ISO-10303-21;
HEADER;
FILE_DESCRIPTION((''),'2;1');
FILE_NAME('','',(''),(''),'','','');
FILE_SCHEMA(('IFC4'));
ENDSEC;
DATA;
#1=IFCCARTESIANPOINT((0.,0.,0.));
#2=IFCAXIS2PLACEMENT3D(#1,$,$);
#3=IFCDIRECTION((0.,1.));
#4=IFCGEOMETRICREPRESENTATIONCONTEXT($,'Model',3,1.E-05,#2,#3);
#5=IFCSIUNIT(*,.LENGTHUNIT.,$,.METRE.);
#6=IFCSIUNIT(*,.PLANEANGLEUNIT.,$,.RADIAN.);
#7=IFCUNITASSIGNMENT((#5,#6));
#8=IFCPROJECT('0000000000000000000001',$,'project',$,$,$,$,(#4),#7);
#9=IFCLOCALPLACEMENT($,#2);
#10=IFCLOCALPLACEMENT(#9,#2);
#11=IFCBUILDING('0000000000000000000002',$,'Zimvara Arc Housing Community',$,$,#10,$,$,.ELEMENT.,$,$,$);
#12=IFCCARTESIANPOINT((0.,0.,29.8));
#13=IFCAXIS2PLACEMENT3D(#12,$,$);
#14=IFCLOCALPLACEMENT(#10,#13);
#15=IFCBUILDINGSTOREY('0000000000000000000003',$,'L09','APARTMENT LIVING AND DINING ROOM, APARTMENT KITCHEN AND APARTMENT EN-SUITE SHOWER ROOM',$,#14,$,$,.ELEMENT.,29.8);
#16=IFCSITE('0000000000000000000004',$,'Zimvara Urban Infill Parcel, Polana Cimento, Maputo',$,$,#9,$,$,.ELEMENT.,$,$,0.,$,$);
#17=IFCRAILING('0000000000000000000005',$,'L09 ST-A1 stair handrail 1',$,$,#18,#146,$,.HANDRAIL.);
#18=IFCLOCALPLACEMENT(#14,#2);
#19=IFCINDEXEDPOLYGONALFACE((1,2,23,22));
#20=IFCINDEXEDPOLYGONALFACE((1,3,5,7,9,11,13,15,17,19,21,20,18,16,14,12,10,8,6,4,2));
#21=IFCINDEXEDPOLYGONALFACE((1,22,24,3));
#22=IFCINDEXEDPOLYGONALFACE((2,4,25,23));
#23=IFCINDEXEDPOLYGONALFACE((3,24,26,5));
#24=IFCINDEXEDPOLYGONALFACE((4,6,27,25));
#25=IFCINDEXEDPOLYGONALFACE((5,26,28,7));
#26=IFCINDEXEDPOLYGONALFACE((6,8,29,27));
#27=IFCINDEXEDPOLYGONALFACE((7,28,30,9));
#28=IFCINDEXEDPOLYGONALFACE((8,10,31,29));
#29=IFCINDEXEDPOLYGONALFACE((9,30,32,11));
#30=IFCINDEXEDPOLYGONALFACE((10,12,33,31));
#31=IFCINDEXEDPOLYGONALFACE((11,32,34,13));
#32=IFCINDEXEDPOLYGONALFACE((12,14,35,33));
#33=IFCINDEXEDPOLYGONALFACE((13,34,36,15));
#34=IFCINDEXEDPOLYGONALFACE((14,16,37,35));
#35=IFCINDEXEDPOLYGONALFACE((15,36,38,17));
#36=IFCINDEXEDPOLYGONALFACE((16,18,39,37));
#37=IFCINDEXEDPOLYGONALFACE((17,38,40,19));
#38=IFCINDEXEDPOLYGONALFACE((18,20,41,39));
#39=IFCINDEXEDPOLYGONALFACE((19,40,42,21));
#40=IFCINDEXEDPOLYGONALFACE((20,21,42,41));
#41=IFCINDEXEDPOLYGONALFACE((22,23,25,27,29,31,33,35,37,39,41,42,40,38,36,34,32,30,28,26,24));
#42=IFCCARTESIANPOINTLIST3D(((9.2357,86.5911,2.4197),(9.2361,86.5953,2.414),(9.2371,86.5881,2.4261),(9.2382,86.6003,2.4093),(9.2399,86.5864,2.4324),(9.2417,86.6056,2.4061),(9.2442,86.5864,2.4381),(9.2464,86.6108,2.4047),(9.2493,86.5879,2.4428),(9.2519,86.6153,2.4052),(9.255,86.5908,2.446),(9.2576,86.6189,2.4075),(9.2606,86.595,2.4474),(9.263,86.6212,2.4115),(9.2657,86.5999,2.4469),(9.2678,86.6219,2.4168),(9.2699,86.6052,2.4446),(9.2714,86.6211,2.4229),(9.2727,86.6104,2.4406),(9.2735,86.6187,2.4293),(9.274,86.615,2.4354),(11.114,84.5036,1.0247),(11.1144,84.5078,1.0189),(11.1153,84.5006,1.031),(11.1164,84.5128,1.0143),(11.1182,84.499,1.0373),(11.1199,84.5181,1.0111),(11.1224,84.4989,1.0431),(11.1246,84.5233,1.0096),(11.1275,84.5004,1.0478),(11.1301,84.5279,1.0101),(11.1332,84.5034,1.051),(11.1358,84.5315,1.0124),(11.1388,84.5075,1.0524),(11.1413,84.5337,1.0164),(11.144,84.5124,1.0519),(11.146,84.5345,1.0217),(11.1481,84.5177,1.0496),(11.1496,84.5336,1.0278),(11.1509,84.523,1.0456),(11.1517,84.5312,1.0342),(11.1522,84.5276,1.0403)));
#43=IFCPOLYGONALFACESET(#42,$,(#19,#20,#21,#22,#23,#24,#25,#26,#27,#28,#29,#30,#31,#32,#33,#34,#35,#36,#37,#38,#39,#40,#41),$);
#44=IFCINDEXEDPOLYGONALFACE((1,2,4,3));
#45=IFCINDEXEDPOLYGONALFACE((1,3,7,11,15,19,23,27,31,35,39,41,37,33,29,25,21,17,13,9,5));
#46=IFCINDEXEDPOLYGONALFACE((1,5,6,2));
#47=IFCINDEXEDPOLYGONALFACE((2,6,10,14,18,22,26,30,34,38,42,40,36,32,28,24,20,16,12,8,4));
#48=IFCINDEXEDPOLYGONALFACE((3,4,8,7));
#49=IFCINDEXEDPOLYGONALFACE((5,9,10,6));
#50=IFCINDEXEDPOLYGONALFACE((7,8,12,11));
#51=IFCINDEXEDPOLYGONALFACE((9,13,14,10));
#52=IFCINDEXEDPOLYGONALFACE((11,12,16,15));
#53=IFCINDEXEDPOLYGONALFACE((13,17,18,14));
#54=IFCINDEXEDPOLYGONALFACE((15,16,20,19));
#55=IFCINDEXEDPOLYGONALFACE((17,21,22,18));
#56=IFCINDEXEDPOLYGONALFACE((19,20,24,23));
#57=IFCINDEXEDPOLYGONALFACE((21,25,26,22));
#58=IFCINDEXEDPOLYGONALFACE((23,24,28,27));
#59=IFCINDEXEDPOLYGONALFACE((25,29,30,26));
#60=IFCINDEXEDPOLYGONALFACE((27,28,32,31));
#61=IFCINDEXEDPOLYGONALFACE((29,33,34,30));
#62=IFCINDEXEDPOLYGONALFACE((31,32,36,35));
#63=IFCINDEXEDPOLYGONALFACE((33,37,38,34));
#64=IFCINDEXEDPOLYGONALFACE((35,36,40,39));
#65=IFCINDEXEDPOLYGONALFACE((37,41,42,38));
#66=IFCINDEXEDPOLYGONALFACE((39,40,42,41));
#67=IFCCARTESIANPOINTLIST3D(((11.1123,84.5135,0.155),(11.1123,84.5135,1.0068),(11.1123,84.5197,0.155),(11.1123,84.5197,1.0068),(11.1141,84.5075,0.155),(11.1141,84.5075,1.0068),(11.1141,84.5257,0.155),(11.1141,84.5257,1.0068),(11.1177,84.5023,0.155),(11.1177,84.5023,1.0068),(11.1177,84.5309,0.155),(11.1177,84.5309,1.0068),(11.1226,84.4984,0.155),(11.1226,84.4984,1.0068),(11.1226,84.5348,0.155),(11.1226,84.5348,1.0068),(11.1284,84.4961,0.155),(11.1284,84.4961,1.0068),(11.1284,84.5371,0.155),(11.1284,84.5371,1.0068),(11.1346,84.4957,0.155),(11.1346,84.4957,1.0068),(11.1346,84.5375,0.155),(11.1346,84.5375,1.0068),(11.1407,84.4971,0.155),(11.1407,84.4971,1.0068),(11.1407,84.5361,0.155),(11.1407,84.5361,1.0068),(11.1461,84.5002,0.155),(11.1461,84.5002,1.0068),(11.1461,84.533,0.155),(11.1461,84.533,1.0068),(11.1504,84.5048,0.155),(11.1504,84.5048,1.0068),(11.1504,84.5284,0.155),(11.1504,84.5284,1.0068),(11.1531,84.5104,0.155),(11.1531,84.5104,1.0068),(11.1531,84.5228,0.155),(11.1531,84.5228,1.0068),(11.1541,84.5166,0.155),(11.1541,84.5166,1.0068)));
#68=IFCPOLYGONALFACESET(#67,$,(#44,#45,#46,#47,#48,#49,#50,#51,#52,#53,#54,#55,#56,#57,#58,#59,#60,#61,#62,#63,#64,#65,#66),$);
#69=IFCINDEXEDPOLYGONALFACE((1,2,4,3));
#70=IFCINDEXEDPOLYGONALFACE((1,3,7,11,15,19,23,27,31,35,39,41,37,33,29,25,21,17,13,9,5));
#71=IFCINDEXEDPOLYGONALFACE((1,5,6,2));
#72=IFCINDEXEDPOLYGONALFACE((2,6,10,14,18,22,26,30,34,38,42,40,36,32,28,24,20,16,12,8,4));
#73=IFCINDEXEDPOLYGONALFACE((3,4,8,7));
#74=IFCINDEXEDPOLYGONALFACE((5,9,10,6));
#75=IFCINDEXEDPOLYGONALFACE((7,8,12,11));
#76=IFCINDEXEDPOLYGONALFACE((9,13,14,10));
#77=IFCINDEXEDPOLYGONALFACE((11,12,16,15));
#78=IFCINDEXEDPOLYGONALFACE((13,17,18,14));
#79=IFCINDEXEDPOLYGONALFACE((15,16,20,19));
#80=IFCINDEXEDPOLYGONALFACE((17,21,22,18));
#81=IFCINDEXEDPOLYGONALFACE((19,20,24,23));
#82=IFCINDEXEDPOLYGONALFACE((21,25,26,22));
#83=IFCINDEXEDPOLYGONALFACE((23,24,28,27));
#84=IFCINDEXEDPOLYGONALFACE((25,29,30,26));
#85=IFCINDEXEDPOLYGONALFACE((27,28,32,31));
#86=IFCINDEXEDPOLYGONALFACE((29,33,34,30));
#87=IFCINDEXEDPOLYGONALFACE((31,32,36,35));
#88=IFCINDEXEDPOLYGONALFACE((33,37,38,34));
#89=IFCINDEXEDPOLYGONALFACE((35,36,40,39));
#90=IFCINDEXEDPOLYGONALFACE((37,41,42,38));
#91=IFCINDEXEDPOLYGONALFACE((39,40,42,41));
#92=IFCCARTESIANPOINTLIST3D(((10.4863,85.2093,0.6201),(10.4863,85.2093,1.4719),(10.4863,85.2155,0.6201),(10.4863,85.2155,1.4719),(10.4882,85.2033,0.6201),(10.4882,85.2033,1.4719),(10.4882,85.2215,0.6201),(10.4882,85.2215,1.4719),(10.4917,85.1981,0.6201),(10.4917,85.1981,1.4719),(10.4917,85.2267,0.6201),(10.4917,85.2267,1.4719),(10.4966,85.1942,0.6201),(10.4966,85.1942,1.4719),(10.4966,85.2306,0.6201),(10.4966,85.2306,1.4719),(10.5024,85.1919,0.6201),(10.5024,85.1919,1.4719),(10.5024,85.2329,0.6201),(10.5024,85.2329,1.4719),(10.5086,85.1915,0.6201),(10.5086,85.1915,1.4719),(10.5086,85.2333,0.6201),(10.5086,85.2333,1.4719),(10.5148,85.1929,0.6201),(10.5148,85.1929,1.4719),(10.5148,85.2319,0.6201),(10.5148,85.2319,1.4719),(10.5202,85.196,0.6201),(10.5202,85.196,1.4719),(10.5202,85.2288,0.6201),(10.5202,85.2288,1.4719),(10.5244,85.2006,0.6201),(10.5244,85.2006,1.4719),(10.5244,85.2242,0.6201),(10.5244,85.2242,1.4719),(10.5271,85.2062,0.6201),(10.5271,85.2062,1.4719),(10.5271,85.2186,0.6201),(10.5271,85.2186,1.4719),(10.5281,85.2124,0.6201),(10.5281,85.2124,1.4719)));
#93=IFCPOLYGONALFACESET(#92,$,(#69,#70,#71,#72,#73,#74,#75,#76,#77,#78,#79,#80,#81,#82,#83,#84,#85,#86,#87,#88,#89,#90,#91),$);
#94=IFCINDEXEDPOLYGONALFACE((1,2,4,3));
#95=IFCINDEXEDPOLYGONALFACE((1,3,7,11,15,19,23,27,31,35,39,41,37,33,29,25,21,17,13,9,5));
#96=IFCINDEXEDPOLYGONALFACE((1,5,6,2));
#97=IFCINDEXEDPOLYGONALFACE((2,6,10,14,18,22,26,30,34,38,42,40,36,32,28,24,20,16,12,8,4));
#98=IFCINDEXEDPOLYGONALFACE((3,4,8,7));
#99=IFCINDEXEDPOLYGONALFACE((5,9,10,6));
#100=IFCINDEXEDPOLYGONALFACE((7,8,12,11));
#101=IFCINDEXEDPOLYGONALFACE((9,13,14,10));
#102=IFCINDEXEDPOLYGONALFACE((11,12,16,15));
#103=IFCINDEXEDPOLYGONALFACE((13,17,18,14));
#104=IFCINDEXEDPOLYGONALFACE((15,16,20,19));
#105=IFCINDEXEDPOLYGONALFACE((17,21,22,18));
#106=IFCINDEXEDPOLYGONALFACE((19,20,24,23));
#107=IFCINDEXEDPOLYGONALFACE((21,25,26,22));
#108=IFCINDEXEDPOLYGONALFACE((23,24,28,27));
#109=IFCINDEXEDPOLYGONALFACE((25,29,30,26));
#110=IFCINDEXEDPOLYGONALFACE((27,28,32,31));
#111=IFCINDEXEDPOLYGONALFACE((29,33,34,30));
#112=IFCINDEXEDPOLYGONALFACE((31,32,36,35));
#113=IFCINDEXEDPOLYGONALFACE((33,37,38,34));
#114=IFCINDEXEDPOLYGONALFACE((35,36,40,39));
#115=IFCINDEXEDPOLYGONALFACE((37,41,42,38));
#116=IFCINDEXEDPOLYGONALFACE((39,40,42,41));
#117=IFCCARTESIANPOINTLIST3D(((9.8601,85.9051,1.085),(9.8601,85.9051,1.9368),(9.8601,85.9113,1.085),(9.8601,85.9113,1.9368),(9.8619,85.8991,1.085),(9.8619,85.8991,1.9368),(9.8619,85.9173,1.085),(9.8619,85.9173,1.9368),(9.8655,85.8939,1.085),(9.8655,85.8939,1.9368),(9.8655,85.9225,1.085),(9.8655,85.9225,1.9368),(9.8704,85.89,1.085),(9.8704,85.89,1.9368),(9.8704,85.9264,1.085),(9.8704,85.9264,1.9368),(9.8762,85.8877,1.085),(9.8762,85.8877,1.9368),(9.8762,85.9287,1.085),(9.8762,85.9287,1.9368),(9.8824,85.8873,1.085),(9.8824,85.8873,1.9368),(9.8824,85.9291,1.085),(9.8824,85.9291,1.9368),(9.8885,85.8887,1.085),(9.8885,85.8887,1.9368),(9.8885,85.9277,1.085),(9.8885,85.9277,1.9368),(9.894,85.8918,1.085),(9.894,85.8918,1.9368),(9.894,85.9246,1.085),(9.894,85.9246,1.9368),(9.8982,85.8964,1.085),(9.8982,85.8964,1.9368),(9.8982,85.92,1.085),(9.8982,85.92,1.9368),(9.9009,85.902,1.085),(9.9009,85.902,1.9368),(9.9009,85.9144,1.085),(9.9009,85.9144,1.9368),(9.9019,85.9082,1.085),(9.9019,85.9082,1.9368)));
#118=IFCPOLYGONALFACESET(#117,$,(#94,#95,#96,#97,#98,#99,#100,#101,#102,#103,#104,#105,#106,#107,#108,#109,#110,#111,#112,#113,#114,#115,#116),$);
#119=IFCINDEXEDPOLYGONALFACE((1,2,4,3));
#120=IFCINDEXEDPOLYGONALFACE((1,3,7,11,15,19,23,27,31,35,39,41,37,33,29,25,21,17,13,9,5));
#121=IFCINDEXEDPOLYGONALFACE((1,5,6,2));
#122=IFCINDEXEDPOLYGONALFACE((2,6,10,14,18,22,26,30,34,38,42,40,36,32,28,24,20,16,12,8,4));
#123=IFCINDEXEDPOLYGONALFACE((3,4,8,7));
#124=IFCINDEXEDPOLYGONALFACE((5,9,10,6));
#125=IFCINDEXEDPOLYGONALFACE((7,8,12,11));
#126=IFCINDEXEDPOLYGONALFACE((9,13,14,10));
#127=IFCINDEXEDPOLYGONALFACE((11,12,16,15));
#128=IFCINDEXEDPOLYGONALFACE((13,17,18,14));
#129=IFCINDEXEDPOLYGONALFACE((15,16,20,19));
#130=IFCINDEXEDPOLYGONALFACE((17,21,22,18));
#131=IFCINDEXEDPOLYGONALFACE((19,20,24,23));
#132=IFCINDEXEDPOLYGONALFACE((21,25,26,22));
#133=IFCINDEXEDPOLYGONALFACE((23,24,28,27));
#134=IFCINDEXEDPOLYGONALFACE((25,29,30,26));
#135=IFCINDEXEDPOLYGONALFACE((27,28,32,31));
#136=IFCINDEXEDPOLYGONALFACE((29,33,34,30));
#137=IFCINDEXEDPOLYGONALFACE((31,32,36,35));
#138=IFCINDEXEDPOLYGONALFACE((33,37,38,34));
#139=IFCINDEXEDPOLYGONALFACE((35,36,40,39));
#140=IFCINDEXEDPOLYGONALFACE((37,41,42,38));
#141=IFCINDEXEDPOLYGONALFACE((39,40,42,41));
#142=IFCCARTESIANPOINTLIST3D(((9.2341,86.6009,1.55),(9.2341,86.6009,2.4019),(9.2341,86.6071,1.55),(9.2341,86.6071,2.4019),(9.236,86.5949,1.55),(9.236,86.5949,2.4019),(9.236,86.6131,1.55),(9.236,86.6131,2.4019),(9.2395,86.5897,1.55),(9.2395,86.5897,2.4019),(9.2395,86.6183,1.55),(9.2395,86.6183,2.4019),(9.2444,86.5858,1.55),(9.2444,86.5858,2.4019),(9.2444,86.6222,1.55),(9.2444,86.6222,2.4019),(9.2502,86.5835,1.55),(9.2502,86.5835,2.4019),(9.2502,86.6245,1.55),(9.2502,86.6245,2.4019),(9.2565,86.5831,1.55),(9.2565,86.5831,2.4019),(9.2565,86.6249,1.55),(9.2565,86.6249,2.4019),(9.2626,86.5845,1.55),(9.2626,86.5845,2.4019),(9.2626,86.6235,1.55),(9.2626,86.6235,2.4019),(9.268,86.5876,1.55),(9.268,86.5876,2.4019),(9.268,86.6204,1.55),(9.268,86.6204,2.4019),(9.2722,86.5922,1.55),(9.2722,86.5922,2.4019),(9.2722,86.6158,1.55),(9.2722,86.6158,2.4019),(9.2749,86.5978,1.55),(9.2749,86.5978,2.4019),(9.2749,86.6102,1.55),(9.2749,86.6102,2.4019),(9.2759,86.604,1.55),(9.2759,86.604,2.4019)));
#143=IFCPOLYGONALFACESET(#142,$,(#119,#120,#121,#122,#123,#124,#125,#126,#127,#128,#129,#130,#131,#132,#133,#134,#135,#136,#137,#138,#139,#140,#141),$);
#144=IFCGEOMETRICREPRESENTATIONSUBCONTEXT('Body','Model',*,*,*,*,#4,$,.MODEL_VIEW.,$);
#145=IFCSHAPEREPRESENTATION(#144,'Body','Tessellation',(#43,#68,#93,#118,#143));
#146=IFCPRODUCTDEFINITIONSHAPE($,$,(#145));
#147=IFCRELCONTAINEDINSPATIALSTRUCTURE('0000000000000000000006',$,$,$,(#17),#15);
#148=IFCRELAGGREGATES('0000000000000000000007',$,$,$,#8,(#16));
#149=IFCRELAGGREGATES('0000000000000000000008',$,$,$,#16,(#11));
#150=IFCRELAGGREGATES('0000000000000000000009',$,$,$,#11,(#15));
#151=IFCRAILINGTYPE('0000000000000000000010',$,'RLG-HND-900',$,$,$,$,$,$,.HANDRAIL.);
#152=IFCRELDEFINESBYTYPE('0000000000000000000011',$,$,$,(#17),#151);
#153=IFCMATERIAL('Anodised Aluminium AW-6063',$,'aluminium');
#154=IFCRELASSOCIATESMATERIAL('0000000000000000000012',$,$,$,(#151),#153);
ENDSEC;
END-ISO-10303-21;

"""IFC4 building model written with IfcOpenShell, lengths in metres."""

from ifc_helpers import new_model, si_unit, direction, frame, origin, origin_2d, place, context, subcontext, project, spatial, circle, extrude, material, type_object, element, save


model = new_model("IFC4")

# Units and contexts
model_context = context("Model", 3, precision=1e-05, world=origin(), true_north=direction((0.0, 1.0)))
body_context = subcontext(model_context, "Body", "Model", "MODEL_VIEW")
ifc_project = project(units=[si_unit("LENGTHUNIT", "METRE"), si_unit("PLANEANGLEUNIT", "RADIAN")], contexts=[model_context])

# Site, building, storey
site_placement = place(None, origin())
site = spatial("IfcSite", under=ifc_project, at=site_placement, Name="Zimvara Urban Infill Parcel, Polana Cimento, Maputo", CompositionType="ELEMENT", RefElevation=0.0)
building_placement = place(site_placement, origin())
building = spatial("IfcBuilding", under=site, at=building_placement, Name="Zimvara Arc Housing Community", CompositionType="ELEMENT")
storey_placement = place(building_placement, frame((0.0, 0.0, 29.8)))
storey = spatial("IfcBuildingStorey", under=building, at=storey_placement, Name="L09", Description="APARTMENT LIVING AND DINING ROOM, APARTMENT KITCHEN AND APARTMENT EN-SUITE SHOWER ROOM", CompositionType="ELEMENT", Elevation=29.8)

# Railing
ifc_material_1 = material(Name="Anodised Aluminium AW-6063", Category="aluminium")
railing_type_1 = type_object("IfcRailingType", Name="RLG-HND-900", PredefinedType="HANDRAIL", material=ifc_material_1)
railing_1_placement = place(storey_placement, frame((11.1331, 84.5166, 0.155)))
element("IfcRailing", 1, at=railing_1_placement, inside=storey, type_object=railing_type_1, Name="L09 ST-A1 stair handrail 1", PredefinedType="HANDRAIL", context=body_context, shape_type="SweptSolid", body=[
    extrude(circle(Radius=0.0239, at=origin_2d()), frame((0.0, 0.0, 0.876), z_axis=(-0.599018, 0.665749, 0.444923), x_axis=(-0.743381, -0.668869, 0.0)), (0.0, 0.0, 1.0), 3.1355),
    extrude(circle(Radius=0.021, at=origin_2d()), origin(), (0.0, 0.0, 1.0), 0.8518),
    extrude(circle(Radius=0.021, at=origin_2d()), frame((-0.626, 0.6958, 0.4651)), (0.0, 0.0, 1.0), 0.8518),
    extrude(circle(Radius=0.021, at=origin_2d()), frame((-1.2522, 1.3916, 0.9299)), (0.0, 0.0, 1.0), 0.8518),
    extrude(circle(Radius=0.021, at=origin_2d()), frame((-1.8782, 2.0874, 1.395)), (0.0, 0.0, 1.0), 0.8518),
])

save(model, "model.ifc")
